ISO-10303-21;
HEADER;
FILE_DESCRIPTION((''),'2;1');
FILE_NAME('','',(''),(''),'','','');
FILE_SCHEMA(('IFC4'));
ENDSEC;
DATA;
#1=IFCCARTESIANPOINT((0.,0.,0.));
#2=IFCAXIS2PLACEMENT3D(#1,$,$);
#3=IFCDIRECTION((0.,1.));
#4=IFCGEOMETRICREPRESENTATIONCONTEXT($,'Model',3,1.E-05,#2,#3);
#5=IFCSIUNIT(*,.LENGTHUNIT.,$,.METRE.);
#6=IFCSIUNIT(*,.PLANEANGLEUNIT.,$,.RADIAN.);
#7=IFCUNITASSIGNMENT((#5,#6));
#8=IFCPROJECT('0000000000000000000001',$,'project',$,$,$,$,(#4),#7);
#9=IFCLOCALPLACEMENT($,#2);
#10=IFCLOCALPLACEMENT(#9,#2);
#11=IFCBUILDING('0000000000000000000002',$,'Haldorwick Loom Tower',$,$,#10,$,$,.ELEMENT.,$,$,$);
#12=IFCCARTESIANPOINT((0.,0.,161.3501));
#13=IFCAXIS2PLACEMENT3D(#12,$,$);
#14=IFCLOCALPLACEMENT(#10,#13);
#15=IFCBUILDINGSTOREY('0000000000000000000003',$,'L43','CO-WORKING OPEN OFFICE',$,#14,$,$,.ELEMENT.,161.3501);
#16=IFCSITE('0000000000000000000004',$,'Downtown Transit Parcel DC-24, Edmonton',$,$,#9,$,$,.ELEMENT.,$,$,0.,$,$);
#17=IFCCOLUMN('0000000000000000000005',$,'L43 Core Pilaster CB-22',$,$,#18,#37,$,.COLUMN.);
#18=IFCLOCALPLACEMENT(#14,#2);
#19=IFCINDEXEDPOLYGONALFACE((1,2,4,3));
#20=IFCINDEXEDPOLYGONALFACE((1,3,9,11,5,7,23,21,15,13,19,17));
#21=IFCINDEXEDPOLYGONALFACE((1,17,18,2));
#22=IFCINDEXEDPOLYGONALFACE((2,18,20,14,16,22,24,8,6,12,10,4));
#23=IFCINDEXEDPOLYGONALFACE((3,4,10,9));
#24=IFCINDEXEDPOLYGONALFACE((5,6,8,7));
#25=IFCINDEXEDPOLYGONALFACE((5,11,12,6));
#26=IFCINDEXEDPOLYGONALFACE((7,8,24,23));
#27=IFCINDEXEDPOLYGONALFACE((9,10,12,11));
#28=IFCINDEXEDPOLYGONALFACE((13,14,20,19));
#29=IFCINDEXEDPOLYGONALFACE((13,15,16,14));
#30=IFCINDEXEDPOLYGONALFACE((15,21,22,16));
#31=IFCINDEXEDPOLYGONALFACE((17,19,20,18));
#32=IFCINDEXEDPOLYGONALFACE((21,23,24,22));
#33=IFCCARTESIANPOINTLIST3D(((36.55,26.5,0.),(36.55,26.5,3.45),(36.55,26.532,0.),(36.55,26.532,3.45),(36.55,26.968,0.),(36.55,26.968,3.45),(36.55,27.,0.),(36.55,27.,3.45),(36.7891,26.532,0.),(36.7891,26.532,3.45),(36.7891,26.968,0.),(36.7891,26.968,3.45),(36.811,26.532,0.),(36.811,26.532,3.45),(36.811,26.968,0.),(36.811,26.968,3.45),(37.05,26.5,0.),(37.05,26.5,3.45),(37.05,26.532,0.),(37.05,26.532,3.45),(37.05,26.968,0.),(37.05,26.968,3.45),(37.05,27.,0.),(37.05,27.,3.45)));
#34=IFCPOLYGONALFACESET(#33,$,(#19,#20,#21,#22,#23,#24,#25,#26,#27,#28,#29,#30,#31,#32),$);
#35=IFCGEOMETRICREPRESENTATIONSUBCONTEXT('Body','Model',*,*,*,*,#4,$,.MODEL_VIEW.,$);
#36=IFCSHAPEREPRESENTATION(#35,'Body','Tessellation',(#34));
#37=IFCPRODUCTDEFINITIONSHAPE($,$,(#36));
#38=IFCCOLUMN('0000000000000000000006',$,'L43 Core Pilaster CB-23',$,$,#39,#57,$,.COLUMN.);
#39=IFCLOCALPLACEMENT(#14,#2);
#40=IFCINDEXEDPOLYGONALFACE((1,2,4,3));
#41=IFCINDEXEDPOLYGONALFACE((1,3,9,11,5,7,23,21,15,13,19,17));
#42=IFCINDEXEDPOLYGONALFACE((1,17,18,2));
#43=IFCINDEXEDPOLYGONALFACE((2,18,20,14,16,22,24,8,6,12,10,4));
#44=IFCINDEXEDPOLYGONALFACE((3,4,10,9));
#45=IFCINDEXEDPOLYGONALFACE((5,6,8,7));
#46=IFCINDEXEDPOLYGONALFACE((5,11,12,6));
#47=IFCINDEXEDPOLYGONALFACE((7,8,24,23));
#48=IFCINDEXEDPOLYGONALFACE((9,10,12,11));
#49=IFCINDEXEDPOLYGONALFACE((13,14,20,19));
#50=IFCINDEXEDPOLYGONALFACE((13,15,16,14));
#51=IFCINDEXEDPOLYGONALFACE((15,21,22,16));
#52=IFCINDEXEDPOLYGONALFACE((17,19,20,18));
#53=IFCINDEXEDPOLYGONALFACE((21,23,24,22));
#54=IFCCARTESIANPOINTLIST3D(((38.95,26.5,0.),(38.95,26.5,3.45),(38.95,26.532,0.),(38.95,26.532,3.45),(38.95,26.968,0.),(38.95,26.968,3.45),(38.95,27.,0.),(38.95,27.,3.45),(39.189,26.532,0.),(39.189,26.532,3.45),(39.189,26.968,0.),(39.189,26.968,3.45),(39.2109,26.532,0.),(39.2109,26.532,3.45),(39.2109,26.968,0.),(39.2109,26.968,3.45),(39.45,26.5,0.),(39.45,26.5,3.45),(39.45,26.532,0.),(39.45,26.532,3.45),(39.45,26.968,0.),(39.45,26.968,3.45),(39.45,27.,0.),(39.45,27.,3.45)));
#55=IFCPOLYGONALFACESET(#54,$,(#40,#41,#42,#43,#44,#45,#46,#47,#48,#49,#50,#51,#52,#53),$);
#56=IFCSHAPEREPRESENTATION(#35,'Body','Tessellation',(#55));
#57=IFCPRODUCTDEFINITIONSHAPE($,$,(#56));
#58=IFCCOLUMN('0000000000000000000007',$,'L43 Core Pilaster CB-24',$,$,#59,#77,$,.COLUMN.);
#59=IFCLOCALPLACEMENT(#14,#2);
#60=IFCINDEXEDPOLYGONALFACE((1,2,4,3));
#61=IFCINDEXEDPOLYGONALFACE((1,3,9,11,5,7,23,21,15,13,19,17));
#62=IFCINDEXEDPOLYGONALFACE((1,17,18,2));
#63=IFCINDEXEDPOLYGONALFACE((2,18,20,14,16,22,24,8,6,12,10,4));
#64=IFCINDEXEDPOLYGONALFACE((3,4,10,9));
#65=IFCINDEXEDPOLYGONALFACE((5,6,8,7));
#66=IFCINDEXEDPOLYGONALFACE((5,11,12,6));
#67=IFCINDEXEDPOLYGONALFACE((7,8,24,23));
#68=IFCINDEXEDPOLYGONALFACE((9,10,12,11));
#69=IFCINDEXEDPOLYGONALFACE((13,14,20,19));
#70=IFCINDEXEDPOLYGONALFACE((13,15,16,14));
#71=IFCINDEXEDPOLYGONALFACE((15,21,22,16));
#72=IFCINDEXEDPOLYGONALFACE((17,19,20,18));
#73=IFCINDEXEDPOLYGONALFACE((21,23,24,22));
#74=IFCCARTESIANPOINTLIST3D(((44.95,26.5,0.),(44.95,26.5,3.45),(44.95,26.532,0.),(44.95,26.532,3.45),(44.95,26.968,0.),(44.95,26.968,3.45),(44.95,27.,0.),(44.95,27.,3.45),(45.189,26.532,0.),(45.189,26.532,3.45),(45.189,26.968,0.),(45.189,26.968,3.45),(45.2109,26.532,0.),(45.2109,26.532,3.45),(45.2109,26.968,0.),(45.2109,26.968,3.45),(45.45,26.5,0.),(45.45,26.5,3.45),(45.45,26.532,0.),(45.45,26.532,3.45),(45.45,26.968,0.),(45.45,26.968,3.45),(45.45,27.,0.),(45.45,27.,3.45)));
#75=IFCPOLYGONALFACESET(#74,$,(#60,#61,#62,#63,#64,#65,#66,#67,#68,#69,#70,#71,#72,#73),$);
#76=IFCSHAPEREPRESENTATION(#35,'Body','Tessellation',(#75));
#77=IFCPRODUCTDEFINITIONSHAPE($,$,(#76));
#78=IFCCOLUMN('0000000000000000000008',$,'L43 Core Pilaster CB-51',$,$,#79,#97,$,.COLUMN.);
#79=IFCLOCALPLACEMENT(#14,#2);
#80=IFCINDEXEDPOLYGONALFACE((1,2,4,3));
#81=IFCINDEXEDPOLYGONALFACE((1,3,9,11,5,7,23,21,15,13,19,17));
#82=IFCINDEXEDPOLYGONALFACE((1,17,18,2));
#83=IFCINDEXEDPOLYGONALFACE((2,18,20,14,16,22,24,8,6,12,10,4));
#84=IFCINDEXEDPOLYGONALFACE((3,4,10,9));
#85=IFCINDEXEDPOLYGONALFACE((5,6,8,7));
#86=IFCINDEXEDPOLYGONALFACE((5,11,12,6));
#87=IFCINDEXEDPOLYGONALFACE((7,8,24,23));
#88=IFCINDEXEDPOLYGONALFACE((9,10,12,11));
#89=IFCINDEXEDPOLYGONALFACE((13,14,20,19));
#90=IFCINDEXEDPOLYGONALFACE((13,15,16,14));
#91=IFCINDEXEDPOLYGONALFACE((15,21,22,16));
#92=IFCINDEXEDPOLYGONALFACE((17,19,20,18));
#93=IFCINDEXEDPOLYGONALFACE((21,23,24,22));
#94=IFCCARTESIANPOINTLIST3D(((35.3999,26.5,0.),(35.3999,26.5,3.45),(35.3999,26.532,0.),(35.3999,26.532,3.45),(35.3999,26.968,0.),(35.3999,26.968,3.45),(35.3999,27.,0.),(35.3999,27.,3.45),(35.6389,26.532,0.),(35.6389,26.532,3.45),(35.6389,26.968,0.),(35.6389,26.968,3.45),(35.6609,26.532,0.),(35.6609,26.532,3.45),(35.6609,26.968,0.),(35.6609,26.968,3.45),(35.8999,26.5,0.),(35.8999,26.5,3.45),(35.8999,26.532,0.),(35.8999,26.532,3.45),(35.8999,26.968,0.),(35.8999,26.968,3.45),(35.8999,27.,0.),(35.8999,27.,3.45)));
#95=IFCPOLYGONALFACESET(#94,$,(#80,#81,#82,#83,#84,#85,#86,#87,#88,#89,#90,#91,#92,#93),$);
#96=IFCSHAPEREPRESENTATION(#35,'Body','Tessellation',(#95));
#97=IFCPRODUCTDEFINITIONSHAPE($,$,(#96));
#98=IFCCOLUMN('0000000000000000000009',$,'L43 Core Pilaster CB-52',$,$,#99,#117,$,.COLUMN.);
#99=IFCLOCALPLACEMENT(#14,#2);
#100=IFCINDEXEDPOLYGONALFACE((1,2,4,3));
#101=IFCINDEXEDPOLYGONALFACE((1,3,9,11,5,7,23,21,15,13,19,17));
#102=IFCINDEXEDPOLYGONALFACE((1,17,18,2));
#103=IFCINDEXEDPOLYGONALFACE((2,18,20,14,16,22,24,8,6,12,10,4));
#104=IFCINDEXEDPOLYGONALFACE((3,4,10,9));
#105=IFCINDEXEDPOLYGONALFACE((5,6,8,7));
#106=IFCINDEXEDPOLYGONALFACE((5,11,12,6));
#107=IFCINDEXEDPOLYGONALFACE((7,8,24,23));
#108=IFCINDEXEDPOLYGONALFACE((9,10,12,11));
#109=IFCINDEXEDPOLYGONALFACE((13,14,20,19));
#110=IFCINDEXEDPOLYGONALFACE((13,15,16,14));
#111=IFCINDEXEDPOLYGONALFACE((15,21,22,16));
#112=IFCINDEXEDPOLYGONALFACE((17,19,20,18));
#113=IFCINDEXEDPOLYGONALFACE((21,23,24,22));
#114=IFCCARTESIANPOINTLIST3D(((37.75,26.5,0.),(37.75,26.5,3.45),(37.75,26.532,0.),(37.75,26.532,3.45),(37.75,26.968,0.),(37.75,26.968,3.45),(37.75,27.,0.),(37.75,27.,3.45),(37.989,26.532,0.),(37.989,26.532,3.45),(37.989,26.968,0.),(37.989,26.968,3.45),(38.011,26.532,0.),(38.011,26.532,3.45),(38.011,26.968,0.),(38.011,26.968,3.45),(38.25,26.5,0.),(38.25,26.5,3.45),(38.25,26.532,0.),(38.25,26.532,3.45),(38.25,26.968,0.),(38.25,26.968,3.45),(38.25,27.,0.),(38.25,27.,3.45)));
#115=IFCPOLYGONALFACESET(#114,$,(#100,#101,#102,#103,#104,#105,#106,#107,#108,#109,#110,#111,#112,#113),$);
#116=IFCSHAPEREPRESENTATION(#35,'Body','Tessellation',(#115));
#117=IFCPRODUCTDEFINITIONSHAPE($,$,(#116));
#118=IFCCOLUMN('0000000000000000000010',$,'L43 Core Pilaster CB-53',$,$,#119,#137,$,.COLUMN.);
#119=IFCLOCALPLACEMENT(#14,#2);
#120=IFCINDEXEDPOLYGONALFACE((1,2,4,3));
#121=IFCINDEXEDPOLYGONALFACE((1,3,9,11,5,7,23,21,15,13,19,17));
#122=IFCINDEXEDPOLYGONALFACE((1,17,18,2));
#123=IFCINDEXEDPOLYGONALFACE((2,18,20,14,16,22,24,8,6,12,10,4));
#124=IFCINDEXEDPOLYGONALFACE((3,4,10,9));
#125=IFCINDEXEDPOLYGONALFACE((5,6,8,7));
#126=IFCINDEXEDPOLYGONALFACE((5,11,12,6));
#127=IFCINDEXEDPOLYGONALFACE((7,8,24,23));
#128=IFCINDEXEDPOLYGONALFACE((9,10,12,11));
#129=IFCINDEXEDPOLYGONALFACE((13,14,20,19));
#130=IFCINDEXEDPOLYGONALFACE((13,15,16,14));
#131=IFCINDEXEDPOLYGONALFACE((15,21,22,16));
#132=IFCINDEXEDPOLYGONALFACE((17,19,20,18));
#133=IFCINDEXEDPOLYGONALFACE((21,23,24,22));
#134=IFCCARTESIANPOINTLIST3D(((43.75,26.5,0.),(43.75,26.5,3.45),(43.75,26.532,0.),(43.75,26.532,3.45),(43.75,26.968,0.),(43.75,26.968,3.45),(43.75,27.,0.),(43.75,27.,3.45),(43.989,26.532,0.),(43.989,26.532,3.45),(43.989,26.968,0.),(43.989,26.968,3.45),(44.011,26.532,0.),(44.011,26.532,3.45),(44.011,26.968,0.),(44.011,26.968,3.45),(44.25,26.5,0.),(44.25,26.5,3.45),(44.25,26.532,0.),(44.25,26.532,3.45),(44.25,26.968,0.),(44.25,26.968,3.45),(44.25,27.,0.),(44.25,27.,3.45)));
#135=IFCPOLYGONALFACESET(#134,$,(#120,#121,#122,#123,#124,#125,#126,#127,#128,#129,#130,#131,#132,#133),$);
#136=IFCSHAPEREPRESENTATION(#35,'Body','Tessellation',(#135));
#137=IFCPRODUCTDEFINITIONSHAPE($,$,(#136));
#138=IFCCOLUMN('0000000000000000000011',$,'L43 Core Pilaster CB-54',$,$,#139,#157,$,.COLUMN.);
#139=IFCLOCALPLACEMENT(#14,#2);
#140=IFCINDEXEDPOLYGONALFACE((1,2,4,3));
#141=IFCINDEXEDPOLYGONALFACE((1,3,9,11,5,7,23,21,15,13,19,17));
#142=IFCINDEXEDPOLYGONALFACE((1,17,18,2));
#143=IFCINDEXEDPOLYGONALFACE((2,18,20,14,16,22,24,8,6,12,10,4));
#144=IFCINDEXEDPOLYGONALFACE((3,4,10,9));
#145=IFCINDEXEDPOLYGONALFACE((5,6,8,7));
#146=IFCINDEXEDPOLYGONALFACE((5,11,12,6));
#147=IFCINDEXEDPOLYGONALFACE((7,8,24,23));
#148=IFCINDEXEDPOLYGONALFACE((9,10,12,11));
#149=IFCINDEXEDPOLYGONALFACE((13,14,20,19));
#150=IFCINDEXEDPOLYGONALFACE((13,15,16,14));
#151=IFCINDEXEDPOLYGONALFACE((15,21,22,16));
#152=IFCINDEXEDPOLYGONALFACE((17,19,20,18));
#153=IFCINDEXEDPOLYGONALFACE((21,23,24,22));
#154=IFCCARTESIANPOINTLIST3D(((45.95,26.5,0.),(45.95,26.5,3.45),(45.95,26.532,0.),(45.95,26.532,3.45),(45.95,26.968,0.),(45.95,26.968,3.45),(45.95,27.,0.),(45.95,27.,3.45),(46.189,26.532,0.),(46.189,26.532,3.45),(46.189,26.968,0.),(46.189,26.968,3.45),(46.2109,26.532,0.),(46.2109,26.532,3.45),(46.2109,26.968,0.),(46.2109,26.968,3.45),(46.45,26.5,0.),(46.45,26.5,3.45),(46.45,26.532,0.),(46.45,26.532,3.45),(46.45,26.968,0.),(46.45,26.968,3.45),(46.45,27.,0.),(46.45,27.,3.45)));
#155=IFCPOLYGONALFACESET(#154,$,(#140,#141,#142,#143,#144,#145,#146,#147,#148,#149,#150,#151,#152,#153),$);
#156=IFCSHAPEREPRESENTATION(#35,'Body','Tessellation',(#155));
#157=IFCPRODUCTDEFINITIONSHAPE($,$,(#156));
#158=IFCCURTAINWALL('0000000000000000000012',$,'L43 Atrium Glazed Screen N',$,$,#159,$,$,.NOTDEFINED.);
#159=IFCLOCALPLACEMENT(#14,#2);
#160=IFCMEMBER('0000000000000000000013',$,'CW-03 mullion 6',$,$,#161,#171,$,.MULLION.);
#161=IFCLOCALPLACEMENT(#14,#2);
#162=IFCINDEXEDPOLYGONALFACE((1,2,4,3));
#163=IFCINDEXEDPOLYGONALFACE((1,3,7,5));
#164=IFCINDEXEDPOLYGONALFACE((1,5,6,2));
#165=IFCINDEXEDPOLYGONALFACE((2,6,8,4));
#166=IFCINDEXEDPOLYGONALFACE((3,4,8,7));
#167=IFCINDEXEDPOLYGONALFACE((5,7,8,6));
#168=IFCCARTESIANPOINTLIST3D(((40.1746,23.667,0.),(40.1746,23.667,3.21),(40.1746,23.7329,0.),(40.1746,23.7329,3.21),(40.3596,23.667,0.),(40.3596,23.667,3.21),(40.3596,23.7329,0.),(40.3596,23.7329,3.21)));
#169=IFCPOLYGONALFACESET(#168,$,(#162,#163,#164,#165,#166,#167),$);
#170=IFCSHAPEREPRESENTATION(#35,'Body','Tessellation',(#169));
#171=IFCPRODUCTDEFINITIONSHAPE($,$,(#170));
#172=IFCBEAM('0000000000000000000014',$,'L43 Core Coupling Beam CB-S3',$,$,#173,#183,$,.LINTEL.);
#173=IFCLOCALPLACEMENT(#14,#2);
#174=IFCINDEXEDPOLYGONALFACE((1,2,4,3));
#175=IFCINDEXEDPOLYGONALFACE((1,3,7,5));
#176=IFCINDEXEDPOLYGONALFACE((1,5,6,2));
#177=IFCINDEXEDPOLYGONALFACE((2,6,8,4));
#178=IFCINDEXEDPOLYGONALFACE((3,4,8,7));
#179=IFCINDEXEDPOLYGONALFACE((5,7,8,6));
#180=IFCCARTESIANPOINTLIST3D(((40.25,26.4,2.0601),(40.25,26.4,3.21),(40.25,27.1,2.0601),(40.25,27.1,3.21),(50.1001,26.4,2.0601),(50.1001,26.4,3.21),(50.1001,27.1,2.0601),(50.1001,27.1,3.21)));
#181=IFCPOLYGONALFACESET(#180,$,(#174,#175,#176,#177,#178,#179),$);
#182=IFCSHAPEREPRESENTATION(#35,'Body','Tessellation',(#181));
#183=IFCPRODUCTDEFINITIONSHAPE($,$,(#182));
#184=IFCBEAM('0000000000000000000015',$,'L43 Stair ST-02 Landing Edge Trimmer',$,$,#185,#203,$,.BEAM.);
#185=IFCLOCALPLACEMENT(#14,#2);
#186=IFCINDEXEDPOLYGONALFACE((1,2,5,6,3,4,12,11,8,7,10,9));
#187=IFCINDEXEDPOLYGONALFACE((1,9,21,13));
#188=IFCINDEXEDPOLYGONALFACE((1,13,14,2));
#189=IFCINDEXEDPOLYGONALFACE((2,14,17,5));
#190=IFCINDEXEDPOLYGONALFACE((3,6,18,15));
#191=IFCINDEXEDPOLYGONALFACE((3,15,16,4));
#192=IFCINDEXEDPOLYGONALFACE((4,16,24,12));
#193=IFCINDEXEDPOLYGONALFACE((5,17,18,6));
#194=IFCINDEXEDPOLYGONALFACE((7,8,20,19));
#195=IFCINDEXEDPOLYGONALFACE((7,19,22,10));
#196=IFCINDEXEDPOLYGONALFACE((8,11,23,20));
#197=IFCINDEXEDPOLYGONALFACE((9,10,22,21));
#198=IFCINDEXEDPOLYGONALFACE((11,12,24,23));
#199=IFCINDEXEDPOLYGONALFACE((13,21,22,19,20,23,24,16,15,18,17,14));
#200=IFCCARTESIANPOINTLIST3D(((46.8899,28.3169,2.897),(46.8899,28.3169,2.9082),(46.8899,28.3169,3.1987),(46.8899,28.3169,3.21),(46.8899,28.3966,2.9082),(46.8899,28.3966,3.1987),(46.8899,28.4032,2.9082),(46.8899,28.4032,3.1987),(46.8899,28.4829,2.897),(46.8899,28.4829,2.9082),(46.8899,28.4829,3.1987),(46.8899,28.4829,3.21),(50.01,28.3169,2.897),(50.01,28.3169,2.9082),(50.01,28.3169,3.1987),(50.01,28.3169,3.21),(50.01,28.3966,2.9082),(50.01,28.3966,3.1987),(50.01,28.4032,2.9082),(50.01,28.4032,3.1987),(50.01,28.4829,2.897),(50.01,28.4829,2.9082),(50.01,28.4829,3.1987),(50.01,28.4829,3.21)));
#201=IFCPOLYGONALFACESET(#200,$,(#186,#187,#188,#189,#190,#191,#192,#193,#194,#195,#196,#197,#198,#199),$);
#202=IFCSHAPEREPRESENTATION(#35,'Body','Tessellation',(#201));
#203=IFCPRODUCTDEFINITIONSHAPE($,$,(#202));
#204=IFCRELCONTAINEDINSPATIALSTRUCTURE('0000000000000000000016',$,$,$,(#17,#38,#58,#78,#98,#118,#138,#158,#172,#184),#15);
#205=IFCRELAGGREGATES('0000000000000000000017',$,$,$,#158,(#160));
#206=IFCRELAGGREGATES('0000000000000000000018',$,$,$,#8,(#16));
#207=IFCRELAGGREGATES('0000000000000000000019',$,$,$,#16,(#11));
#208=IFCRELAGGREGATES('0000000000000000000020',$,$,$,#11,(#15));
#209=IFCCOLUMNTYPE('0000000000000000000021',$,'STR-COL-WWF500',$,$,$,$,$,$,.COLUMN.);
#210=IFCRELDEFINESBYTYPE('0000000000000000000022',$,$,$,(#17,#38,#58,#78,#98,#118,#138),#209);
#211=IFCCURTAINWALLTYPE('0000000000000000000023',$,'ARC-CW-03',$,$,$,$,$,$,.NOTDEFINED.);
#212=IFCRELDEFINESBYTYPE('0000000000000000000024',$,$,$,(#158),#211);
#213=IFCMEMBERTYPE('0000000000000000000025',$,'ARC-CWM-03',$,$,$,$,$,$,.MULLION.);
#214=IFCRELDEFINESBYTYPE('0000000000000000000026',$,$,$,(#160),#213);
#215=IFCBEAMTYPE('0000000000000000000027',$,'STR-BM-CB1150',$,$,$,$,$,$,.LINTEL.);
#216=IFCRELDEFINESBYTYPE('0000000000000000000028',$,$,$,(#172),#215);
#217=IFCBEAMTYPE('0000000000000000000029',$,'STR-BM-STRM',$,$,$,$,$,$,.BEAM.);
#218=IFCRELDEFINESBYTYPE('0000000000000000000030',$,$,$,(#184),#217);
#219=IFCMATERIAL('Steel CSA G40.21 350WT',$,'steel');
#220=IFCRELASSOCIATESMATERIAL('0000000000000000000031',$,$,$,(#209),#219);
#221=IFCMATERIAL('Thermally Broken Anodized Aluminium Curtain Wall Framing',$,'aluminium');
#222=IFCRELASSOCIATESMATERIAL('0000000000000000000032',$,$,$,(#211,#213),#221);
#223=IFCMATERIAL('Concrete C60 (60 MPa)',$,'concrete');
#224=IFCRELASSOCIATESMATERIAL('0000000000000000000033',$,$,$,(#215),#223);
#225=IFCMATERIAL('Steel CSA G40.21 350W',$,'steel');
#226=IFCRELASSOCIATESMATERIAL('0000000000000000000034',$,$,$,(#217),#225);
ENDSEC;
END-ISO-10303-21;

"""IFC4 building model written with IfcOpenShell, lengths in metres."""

from ifc_helpers import new_model, si_unit, direction, frame, origin, origin_2d, place, context, subcontext, project, spatial, rectangle, i_section, extrude, material, material_profile, profile_set, type_object, element, aggregate, save


model = new_model("IFC4")

# Units and contexts
model_context = context("Model", 3, precision=1e-05, world=origin(), true_north=direction((0.0, 1.0)))
body_context = subcontext(model_context, "Body", "Model", "MODEL_VIEW")
ifc_project = project(units=[si_unit("LENGTHUNIT", "METRE"), si_unit("PLANEANGLEUNIT", "RADIAN")], contexts=[model_context])

# Site, building, storey
site_placement = place(None, origin())
site = spatial("IfcSite", under=ifc_project, at=site_placement, Name="Downtown Transit Parcel DC-24, Edmonton", CompositionType="ELEMENT", RefElevation=0.0)
building_placement = place(site_placement, origin())
building = spatial("IfcBuilding", under=site, at=building_placement, Name="Haldorwick Loom Tower", CompositionType="ELEMENT")
storey_placement = place(building_placement, frame((0.0, 0.0, 161.3501)))
storey = spatial("IfcBuildingStorey", under=building, at=storey_placement, Name="L43", Description="CO-WORKING OPEN OFFICE", CompositionType="ELEMENT", Elevation=161.3501)

# Columns
ifc_material_1 = material(Name="Steel CSA G40.21 350WT", Category="steel")
ifc_material_profile_1 = material_profile(ifc_material_1, i_section(OverallWidth=0.5, OverallDepth=0.5, WebThickness=0.022, FlangeThickness=0.032, at=origin_2d()), Name="WWF500X500", Category="steel")
ifc_profile_set_1 = profile_set([ifc_material_profile_1], Name="Steel CSA G40.21 350WT")
column_type = type_object("IfcColumnType", Name="STR-COL-WWF500", PredefinedType="COLUMN", material=ifc_profile_set_1)
for number, where, z_axis, x_axis, name in (
    (1, (36.8, 26.75, 0.0), (0.0, 0.0, 1.0), (1.0, 0.0, 0.0), "L43 Core Pilaster CB-22"),
    (2, (39.2, 26.75, 0.0), (0.0, 0.0, 1.0), (1.0, 0.0, 0.0), "L43 Core Pilaster CB-23"),
    (3, (45.2, 26.75, 0.0), (0.0, 0.0, 1.0), (1.0, 0.0, 0.0), "L43 Core Pilaster CB-24"),
    (4, (35.6499, 26.75, 0.0), (0.0, 0.0, 1.0), (1.0, 0.0, 0.0), "L43 Core Pilaster CB-51"),
    (5, (38.0, 26.75, 0.0), (0.0, 0.0, 1.0), (1.0, 0.0, 0.0), "L43 Core Pilaster CB-52"),
    (6, (44.0, 26.75, 0.0), (0.0, 0.0, 1.0), (1.0, 0.0, 0.0), "L43 Core Pilaster CB-53"),
    (7, (46.2, 26.75, 0.0), (0.0, 0.0, 1.0), (1.0, 0.0, 0.0), "L43 Core Pilaster CB-54"),
):
    element("IfcColumn", number, at=place(storey_placement, frame(where, z_axis=z_axis, x_axis=x_axis)), inside=storey, type_object=column_type, Name=name, PredefinedType="COLUMN", context=body_context, shape_type="SweptSolid", body=[
        extrude(i_section(OverallWidth=0.5, OverallDepth=0.5, WebThickness=0.022, FlangeThickness=0.032, at=origin_2d()), origin(), (0.0, 0.0, 1.0), 3.45),
    ])

# Curtain wall, member
ifc_material_2 = material(Name="Thermally Broken Anodized Aluminium Curtain Wall Framing", Category="aluminium")
curtain_wall_type = type_object("IfcCurtainWallType", Name="ARC-CW-03", PredefinedType="NOTDEFINED", material=ifc_material_2)
curtain_wall_placement = place(storey_placement, origin())
curtain_wall = element("IfcCurtainWall", 8, at=curtain_wall_placement, inside=storey, type_object=curtain_wall_type, Name="L43 Atrium Glazed Screen N", PredefinedType="NOTDEFINED")
ifc_material_profile_2 = material_profile(ifc_material_2, rectangle(XDim=0.0659, YDim=0.1851, at=origin_2d()), Name="ALU_MUL_66X185", Category="aluminium")
ifc_profile_set_2 = profile_set([ifc_material_profile_2], Name="Thermally Broken Anodized Aluminium Curtain Wall Framing")
member_type = type_object("IfcMemberType", Name="ARC-CWM-03", PredefinedType="MULLION", material=ifc_profile_set_2)
member_placement = place(storey_placement, frame((40.2671, 23.7, 0.0), z_axis=(0.0, 0.0, 1.0), x_axis=(0.0, 1.0, 0.0)))
member = element("IfcMember", 9, at=member_placement, type_object=member_type, Name="CW-03 mullion 6", PredefinedType="MULLION", context=body_context, shape_type="SweptSolid", body=[
    extrude(rectangle(XDim=0.0659, YDim=0.1851, at=origin_2d()), origin(), (0.0, 0.0, 1.0), 3.21),
])

# Beams
ifc_material_3 = material(Name="Concrete C60 (60 MPa)", Category="concrete")
ifc_material_profile_3 = material_profile(ifc_material_3, rectangle(XDim=0.7, YDim=1.1499, at=origin_2d()), Name="RC700X1150", Category="concrete")
ifc_profile_set_3 = profile_set([ifc_material_profile_3], Name="Concrete C60 (60 MPa)")
beam_type_1 = type_object("IfcBeamType", Name="STR-BM-CB1150", PredefinedType="LINTEL", material=ifc_profile_set_3)
beam_placement = place(storey_placement, frame((40.25, 26.75, 2.635), z_axis=(1.0, 0.0, 0.0), x_axis=(0.0, 1.0, 0.0)))
element("IfcBeam", 10, at=beam_placement, inside=storey, type_object=beam_type_1, Name="L43 Core Coupling Beam CB-S3", PredefinedType="LINTEL", context=body_context, shape_type="SweptSolid", body=[
    extrude(rectangle(XDim=0.7, YDim=1.1499, at=origin_2d()), origin(), (0.0, 0.0, 1.0), 9.8501),
])
ifc_material_4 = material(Name="Steel CSA G40.21 350W", Category="steel")
ifc_material_profile_4 = material_profile(ifc_material_4, i_section(OverallWidth=0.166, OverallDepth=0.313, WebThickness=0.0066, FlangeThickness=0.0112, at=origin_2d()), Name="W310X45", Category="steel")
ifc_profile_set_4 = profile_set([ifc_material_profile_4], Name="Steel CSA G40.21 350W")
beam_type_2 = type_object("IfcBeamType", Name="STR-BM-STRM", PredefinedType="BEAM", material=ifc_profile_set_4)
for number, where, z_axis, x_axis, name in (
    (11, (46.8899, 28.3999, 3.0535), (1.0, 0.0, 0.0), (0.0, 1.0, 0.0), "L43 Stair ST-02 Landing Edge Trimmer"),
):
    element("IfcBeam", number, at=place(storey_placement, frame(where, z_axis=z_axis, x_axis=x_axis)), inside=storey, type_object=beam_type_2, Name=name, PredefinedType="BEAM", context=body_context, shape_type="SweptSolid", body=[
        extrude(i_section(OverallWidth=0.166, OverallDepth=0.313, WebThickness=0.0066, FlangeThickness=0.0112, at=origin_2d()), origin(), (0.0, 0.0, 1.0), 3.1201),
    ])

aggregate(curtain_wall, [member])

save(model, "model.ifc")
